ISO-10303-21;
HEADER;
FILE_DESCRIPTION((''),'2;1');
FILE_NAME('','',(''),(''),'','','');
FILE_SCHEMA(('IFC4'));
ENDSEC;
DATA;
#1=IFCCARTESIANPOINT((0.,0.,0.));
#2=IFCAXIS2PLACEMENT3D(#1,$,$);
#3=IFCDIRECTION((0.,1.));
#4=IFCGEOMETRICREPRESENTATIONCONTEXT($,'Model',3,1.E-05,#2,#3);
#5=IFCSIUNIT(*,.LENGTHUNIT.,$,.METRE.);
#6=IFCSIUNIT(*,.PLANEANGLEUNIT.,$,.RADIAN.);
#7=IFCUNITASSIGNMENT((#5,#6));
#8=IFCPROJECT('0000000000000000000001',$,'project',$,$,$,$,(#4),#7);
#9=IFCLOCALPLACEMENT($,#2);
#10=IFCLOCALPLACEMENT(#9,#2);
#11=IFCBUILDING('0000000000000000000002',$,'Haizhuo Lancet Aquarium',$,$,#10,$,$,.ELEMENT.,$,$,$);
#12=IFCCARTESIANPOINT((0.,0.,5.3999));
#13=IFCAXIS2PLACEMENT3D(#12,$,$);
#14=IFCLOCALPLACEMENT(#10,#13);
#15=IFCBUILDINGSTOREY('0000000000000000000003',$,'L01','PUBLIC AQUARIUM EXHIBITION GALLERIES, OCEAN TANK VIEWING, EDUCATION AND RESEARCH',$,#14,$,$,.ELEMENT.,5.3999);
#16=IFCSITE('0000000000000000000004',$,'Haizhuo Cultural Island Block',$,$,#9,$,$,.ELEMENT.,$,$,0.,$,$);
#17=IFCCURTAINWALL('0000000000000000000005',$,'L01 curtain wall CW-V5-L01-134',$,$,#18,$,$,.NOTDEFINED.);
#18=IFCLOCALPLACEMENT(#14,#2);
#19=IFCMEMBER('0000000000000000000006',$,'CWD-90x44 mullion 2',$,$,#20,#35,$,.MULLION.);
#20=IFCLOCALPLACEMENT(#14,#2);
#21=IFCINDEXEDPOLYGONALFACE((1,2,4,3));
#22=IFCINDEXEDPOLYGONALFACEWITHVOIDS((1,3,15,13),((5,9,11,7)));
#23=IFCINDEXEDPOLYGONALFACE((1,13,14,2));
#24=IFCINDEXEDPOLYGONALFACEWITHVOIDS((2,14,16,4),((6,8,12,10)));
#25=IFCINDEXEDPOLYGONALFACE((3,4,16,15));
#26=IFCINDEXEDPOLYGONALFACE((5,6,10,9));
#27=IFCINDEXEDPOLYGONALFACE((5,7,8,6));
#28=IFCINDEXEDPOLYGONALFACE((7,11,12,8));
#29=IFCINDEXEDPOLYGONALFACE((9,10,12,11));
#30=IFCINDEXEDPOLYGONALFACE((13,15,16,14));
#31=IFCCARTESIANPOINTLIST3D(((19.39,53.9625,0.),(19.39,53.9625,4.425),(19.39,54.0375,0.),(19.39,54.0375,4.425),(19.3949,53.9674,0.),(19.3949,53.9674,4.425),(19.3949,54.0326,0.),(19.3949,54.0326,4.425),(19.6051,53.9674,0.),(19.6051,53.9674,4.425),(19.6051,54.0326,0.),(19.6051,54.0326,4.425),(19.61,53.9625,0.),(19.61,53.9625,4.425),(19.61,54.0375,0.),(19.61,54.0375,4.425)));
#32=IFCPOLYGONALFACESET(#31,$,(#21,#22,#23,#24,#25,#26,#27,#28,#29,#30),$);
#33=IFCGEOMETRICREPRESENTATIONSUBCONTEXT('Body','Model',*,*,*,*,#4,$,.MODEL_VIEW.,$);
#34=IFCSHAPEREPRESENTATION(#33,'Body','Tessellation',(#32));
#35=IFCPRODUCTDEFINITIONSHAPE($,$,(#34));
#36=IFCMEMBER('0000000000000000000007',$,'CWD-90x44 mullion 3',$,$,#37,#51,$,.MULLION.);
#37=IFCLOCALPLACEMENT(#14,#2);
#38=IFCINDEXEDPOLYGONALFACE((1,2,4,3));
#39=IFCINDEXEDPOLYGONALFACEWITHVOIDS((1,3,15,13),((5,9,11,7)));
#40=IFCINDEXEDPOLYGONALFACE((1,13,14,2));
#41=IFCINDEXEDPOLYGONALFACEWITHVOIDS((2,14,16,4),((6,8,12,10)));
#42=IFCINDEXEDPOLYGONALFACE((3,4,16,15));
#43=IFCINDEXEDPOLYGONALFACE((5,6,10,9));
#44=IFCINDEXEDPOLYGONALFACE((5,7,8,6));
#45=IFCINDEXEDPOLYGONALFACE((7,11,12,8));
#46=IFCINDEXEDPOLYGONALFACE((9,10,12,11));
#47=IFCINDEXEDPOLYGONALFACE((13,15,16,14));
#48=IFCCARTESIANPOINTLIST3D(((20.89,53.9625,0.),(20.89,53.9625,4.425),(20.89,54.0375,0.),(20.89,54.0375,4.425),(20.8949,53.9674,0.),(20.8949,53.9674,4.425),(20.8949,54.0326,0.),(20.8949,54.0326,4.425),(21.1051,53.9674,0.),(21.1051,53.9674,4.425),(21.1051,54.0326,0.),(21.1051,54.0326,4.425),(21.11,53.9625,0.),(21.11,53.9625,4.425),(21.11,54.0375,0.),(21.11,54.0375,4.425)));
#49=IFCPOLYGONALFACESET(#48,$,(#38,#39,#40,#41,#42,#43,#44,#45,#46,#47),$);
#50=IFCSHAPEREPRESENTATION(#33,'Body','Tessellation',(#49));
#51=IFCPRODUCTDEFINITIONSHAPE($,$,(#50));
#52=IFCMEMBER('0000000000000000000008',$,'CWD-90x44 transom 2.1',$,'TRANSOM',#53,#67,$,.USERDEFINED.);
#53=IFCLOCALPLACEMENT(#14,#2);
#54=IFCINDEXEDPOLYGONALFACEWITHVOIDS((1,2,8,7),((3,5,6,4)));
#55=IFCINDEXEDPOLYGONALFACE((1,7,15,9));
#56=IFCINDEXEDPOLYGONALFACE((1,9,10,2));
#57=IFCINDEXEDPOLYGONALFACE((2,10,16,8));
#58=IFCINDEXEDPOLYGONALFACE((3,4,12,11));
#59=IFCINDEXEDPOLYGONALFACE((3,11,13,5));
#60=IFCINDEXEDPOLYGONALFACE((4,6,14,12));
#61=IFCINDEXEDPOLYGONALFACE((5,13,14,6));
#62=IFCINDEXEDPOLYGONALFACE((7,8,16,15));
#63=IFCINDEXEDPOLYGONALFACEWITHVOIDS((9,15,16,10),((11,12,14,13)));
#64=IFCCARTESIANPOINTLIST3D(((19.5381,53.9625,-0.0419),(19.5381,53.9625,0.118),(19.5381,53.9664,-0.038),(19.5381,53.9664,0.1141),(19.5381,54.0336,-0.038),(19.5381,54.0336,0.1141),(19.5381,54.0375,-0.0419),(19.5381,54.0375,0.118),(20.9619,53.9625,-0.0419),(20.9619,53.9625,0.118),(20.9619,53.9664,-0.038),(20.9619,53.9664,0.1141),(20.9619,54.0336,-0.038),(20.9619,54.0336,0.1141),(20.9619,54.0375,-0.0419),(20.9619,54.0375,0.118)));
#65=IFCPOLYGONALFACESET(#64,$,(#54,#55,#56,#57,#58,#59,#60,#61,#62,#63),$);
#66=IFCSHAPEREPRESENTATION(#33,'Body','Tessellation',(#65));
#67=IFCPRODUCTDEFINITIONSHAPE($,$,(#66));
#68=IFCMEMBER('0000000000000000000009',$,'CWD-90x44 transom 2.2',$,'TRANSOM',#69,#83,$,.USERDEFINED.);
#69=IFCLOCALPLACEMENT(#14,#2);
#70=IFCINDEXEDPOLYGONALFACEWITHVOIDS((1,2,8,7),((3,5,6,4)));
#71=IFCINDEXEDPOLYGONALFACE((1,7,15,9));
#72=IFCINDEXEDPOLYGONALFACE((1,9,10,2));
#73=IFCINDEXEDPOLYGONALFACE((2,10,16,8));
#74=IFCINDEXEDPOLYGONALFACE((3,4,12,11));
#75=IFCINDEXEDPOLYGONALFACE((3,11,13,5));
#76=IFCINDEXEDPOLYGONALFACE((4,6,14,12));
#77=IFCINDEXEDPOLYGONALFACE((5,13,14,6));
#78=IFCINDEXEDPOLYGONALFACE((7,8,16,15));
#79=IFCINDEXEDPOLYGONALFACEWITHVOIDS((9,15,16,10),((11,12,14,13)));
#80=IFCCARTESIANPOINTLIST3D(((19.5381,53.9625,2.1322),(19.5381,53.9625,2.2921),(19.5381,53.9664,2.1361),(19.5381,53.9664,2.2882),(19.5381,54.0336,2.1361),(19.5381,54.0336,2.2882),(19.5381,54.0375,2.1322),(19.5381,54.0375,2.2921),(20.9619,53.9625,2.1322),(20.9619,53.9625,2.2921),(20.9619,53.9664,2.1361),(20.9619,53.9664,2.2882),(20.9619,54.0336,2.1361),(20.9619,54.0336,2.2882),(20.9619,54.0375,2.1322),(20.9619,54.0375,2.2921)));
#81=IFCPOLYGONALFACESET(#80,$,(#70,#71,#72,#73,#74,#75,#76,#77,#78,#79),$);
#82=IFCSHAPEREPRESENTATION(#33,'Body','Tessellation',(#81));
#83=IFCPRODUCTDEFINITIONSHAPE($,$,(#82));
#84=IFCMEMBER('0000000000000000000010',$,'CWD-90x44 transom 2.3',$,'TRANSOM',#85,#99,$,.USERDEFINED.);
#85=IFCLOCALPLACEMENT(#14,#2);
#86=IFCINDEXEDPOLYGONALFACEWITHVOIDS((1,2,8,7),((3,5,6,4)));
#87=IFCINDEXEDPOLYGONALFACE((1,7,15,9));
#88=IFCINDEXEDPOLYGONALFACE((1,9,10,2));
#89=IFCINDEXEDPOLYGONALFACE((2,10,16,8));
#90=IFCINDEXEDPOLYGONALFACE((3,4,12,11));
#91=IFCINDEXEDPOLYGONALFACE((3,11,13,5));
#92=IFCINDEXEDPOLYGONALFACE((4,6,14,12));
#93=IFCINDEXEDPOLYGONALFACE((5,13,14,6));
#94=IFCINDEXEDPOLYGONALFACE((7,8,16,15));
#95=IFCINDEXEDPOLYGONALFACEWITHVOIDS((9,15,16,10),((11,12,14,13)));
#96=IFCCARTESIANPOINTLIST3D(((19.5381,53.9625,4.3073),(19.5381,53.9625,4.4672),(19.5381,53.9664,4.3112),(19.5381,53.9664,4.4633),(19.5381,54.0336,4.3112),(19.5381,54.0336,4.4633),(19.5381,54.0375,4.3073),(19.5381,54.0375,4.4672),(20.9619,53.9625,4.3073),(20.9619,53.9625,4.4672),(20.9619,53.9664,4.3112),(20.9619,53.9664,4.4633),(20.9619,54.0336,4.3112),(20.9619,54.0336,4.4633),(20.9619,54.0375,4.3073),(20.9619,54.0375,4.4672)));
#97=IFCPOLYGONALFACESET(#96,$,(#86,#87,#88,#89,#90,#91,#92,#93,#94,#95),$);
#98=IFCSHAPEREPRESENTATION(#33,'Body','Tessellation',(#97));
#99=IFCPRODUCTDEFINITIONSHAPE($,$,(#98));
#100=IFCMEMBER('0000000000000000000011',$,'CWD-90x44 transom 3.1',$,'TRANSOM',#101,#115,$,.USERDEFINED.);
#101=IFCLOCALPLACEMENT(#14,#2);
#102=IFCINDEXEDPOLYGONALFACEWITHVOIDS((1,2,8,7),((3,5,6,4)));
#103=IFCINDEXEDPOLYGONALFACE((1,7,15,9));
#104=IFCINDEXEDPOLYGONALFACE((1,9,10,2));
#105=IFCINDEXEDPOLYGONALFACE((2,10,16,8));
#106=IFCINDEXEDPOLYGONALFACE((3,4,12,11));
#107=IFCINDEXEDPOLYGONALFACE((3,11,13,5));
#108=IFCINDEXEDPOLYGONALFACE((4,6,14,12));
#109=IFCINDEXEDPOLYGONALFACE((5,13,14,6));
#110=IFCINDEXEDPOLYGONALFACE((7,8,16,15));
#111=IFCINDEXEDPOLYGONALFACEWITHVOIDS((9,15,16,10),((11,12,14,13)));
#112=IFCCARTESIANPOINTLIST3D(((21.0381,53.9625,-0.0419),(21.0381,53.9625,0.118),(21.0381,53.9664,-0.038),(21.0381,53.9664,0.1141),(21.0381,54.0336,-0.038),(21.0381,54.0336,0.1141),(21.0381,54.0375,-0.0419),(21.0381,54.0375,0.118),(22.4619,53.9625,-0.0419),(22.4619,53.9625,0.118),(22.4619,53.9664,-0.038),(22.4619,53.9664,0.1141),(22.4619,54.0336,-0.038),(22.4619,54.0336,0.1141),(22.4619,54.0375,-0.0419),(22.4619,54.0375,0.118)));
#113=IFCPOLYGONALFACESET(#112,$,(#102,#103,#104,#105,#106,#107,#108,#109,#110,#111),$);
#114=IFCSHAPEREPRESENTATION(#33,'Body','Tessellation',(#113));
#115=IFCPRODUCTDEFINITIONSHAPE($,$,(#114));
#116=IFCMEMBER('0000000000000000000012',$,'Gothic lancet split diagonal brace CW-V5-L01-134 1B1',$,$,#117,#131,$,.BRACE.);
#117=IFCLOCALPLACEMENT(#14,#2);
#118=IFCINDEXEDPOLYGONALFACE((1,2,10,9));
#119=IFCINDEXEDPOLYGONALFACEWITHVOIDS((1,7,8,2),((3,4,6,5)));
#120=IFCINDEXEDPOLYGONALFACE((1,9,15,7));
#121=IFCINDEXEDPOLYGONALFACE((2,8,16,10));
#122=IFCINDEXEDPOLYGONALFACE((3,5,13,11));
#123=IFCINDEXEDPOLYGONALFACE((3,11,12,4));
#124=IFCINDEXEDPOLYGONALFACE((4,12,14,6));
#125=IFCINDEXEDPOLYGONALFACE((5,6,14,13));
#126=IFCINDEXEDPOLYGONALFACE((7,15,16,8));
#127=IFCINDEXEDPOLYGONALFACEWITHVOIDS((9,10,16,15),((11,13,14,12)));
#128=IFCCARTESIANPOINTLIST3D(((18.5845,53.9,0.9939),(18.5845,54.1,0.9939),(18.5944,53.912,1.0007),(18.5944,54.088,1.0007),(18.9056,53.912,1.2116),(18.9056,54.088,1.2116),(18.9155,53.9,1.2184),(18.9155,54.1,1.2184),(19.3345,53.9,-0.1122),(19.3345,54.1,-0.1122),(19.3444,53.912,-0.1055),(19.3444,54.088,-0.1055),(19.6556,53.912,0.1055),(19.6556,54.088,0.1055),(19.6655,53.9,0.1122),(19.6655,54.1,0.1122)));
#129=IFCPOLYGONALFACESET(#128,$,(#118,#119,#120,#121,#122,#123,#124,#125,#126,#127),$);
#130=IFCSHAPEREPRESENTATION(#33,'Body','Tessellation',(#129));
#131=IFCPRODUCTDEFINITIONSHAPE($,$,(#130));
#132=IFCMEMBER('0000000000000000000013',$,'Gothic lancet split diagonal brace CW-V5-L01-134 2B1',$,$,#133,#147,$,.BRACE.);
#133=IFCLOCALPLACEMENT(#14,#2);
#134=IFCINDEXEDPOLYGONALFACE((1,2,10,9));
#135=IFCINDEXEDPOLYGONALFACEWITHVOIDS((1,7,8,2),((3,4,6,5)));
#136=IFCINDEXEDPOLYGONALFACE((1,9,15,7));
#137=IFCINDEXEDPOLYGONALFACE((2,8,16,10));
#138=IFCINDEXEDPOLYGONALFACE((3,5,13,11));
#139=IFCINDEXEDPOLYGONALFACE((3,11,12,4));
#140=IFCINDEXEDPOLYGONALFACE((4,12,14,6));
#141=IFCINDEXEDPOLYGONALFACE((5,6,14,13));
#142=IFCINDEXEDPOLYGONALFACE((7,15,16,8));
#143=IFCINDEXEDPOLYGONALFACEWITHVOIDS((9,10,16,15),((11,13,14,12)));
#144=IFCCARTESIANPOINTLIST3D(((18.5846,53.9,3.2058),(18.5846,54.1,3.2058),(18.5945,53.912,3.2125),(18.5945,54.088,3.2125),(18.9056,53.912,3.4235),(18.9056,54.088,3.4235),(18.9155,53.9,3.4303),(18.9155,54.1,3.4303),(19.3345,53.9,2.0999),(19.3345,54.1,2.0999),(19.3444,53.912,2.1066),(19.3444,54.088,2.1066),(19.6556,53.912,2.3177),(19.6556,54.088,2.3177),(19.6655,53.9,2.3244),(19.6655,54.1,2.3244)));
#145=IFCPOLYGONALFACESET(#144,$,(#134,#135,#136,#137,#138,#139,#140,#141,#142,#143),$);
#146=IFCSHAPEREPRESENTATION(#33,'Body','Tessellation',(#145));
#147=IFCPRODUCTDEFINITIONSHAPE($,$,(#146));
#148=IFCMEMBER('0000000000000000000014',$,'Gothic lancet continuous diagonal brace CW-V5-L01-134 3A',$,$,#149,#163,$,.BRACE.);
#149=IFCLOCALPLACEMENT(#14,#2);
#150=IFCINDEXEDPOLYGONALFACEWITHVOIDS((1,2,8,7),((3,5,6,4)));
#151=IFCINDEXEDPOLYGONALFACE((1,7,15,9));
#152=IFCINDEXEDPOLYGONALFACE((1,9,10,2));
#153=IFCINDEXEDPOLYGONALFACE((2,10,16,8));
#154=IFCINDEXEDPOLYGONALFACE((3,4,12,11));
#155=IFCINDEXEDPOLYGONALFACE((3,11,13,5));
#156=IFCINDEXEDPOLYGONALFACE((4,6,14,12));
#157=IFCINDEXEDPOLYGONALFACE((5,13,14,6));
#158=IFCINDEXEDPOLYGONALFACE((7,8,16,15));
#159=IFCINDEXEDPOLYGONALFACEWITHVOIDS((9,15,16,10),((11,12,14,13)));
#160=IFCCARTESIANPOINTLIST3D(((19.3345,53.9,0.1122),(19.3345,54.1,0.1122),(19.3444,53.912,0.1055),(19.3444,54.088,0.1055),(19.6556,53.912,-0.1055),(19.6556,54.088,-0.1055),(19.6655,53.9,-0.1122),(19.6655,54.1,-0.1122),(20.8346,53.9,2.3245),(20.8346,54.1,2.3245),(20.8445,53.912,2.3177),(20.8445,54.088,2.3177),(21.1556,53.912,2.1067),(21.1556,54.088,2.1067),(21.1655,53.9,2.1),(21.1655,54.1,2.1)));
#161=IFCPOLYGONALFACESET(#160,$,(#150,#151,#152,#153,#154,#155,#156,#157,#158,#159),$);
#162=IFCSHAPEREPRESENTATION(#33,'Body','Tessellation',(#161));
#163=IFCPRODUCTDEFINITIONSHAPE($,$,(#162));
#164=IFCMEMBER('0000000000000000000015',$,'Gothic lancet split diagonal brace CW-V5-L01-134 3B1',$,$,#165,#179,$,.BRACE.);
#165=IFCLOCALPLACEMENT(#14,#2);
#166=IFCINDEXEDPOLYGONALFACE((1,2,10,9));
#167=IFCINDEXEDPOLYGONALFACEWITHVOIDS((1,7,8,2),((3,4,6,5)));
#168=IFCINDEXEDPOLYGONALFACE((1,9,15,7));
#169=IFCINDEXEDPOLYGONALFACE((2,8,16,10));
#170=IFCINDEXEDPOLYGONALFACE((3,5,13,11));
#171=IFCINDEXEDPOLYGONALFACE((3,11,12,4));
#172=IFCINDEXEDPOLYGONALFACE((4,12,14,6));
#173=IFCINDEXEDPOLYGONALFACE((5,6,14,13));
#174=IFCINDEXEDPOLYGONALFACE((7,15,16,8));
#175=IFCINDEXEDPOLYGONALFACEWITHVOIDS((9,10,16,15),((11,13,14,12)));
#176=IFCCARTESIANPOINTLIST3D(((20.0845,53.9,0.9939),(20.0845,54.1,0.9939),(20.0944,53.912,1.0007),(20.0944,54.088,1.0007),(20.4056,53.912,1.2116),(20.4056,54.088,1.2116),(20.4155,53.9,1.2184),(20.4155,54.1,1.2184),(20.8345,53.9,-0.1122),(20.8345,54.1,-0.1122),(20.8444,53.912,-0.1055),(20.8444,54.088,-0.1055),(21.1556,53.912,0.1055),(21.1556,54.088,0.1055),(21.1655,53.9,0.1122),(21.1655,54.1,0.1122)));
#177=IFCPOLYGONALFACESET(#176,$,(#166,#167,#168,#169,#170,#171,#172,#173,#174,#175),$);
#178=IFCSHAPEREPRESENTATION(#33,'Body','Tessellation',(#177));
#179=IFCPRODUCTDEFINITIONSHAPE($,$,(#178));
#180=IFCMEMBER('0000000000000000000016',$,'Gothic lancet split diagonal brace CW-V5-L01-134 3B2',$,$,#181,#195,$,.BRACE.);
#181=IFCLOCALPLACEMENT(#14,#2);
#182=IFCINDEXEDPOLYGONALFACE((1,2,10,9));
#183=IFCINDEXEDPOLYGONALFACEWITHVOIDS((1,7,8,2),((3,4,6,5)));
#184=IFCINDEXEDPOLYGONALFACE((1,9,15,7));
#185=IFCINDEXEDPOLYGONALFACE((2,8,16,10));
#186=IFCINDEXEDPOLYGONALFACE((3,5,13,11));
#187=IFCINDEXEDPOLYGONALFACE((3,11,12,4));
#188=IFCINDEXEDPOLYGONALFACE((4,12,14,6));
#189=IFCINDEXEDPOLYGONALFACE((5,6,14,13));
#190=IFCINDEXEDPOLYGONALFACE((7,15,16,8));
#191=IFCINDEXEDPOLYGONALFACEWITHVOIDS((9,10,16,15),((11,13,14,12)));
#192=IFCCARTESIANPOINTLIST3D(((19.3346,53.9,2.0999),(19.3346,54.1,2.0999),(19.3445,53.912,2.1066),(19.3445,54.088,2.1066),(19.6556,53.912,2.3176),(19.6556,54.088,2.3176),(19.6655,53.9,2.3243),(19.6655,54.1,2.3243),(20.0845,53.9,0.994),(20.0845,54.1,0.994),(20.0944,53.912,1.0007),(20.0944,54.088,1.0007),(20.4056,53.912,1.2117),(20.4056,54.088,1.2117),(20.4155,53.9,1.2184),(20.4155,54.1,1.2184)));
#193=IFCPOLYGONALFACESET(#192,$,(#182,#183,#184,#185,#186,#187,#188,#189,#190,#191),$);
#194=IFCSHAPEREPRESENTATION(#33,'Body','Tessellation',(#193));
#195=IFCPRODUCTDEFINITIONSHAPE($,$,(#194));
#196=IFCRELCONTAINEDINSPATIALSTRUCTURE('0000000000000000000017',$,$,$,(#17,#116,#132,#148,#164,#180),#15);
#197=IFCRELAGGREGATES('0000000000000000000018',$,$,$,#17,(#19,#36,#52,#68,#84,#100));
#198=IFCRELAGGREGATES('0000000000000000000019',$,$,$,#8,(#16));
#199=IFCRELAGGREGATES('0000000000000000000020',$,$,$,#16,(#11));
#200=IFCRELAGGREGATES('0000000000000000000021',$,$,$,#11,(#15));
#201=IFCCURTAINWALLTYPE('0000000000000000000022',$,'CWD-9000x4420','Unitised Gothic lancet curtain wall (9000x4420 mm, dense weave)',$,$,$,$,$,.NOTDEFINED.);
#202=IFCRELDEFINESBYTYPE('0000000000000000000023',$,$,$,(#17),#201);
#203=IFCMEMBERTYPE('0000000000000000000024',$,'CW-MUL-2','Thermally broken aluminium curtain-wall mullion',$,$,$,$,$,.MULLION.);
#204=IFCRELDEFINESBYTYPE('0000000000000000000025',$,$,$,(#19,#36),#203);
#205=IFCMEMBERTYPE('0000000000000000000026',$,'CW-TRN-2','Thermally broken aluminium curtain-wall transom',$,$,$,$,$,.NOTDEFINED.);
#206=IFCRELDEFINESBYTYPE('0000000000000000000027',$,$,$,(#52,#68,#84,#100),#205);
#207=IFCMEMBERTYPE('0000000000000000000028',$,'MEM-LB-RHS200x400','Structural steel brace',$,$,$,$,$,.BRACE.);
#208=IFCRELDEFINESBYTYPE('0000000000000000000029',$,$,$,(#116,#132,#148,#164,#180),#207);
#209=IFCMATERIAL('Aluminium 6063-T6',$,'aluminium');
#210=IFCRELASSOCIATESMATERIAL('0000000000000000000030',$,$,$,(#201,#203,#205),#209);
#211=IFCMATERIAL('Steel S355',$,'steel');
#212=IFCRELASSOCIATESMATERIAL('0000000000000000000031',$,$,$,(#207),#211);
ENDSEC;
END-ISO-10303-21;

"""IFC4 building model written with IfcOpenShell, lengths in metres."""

from ifc_helpers import new_model, si_unit, direction, frame, origin, origin_2d, place, context, subcontext, project, spatial, hollow_rectangle, extrude, material, material_profile, profile_set, type_object, element, aggregate, save


model = new_model("IFC4")

# Units and contexts
model_context = context("Model", 3, precision=1e-05, world=origin(), true_north=direction((0.0, 1.0)))
body_context = subcontext(model_context, "Body", "Model", "MODEL_VIEW")
ifc_project = project(units=[si_unit("LENGTHUNIT", "METRE"), si_unit("PLANEANGLEUNIT", "RADIAN")], contexts=[model_context])

# Site, building, storey
site_placement = place(None, origin())
site = spatial("IfcSite", under=ifc_project, at=site_placement, Name="Haizhuo Cultural Island Block", CompositionType="ELEMENT", RefElevation=0.0)
building_placement = place(site_placement, origin())
building = spatial("IfcBuilding", under=site, at=building_placement, Name="Haizhuo Lancet Aquarium", CompositionType="ELEMENT")
storey_placement = place(building_placement, frame((0.0, 0.0, 5.3999)))
storey = spatial("IfcBuildingStorey", under=building, at=storey_placement, Name="L01", Description="PUBLIC AQUARIUM EXHIBITION GALLERIES, OCEAN TANK VIEWING, EDUCATION AND RESEARCH", CompositionType="ELEMENT", Elevation=5.3999)

# Curtain wall, members
ifc_material_1 = material(Name="Aluminium 6063-T6", Category="aluminium")
curtain_wall_type = type_object("IfcCurtainWallType", Name="CWD-9000x4420", Description="Unitised Gothic lancet curtain wall (9000x4420 mm, dense weave)", PredefinedType="NOTDEFINED", material=ifc_material_1)
curtain_wall_placement = place(storey_placement, origin())
curtain_wall = element("IfcCurtainWall", 1, at=curtain_wall_placement, inside=storey, type_object=curtain_wall_type, Name="L01 curtain wall CW-V5-L01-134", PredefinedType="NOTDEFINED")
ifc_material_profile_1 = material_profile(ifc_material_1, hollow_rectangle(XDim=0.075, YDim=0.22, WallThickness=0.0049, at=origin_2d()), Name="ALU-M 75x220x5")
ifc_profile_set_1 = profile_set([ifc_material_profile_1], Name="Aluminium 6063-T6")
member_type_1 = type_object("IfcMemberType", Name="CW-MUL-2", Description="Thermally broken aluminium curtain-wall mullion", PredefinedType="MULLION", material=ifc_profile_set_1)
member_1_placement = place(storey_placement, frame((19.5, 54.0, 0.0), z_axis=(0.0, 0.0, 1.0), x_axis=(0.0, 1.0, 0.0)))
member_1 = element("IfcMember", 2, at=member_1_placement, type_object=member_type_1, Name="CWD-90x44 mullion 2", PredefinedType="MULLION", context=body_context, shape_type="SweptSolid", body=[
    extrude(hollow_rectangle(XDim=0.075, YDim=0.22, WallThickness=0.0049, at=origin_2d()), origin(), (0.0, 0.0, 1.0), 4.425),
])
member_2_placement = place(storey_placement, frame((21.0, 54.0, 0.0), z_axis=(0.0, 0.0, 1.0), x_axis=(0.0, 1.0, 0.0)))
member_2 = element("IfcMember", 3, at=member_2_placement, type_object=member_type_1, Name="CWD-90x44 mullion 3", PredefinedType="MULLION", context=body_context, shape_type="SweptSolid", body=[
    extrude(hollow_rectangle(XDim=0.075, YDim=0.22, WallThickness=0.0049, at=origin_2d()), origin(), (0.0, 0.0, 1.0), 4.425),
])
ifc_material_profile_2 = material_profile(ifc_material_1, hollow_rectangle(XDim=0.075, YDim=0.1599, WallThickness=0.0039, at=origin_2d()), Name="ALU-T 75x160x4")
ifc_profile_set_2 = profile_set([ifc_material_profile_2], Name="Aluminium 6063-T6")
member_type_2 = type_object("IfcMemberType", Name="CW-TRN-2", Description="Thermally broken aluminium curtain-wall transom", PredefinedType="NOTDEFINED", material=ifc_profile_set_2)
member_3_placement = place(storey_placement, frame((19.5381, 54.0, 0.0381), z_axis=(1.0, 0.0, 0.0), x_axis=(0.0, 1.0, 0.0)))
member_3 = element("IfcMember", 4, at=member_3_placement, type_object=member_type_2, Name="CWD-90x44 transom 2.1", ObjectType="TRANSOM", PredefinedType="USERDEFINED", context=body_context, shape_type="SweptSolid", body=[
    extrude(hollow_rectangle(XDim=0.075, YDim=0.1599, WallThickness=0.0039, at=origin_2d()), origin(), (0.0, 0.0, 1.0), 1.4238),
])
member_4_placement = place(storey_placement, frame((19.5381, 54.0, 2.2122), z_axis=(1.0, 0.0, 0.0), x_axis=(0.0, 1.0, 0.0)))
member_4 = element("IfcMember", 5, at=member_4_placement, type_object=member_type_2, Name="CWD-90x44 transom 2.2", ObjectType="TRANSOM", PredefinedType="USERDEFINED", context=body_context, shape_type="SweptSolid", body=[
    extrude(hollow_rectangle(XDim=0.075, YDim=0.1599, WallThickness=0.0039, at=origin_2d()), origin(), (0.0, 0.0, 1.0), 1.4238),
])
member_5_placement = place(storey_placement, frame((19.5381, 54.0, 4.3872), z_axis=(1.0, 0.0, 0.0), x_axis=(0.0, 1.0, 0.0)))
member_5 = element("IfcMember", 6, at=member_5_placement, type_object=member_type_2, Name="CWD-90x44 transom 2.3", ObjectType="TRANSOM", PredefinedType="USERDEFINED", context=body_context, shape_type="SweptSolid", body=[
    extrude(hollow_rectangle(XDim=0.075, YDim=0.1599, WallThickness=0.0039, at=origin_2d()), origin(), (0.0, 0.0, 1.0), 1.4238),
])
member_6_placement = place(storey_placement, frame((21.0381, 54.0, 0.0381), z_axis=(1.0, 0.0, 0.0), x_axis=(0.0, 1.0, 0.0)))
member_6 = element("IfcMember", 7, at=member_6_placement, type_object=member_type_2, Name="CWD-90x44 transom 3.1", ObjectType="TRANSOM", PredefinedType="USERDEFINED", context=body_context, shape_type="SweptSolid", body=[
    extrude(hollow_rectangle(XDim=0.075, YDim=0.1599, WallThickness=0.0039, at=origin_2d()), origin(), (0.0, 0.0, 1.0), 1.4238),
])

# Members
ifc_material_2 = material(Name="Steel S355", Category="steel")
ifc_material_profile_3 = material_profile(ifc_material_2, hollow_rectangle(XDim=0.2, YDim=0.3999, WallThickness=0.012, at=origin_2d()), Name="RHS 200x400x12")
ifc_profile_set_3 = profile_set([ifc_material_profile_3], Name="Steel S355")
member_type_3 = type_object("IfcMemberType", Name="MEM-LB-RHS200x400", Description="Structural steel brace", PredefinedType="BRACE", material=ifc_profile_set_3)
member_7_placement = place(storey_placement, frame((19.5, 54.0, 0.0), z_axis=(-0.561175, 0.0, 0.827697), x_axis=(0.0, -1.0, 0.0)))
element("IfcMember", 8, at=member_7_placement, inside=storey, type_object=member_type_3, Name="Gothic lancet split diagonal brace CW-V5-L01-134 1B1", PredefinedType="BRACE", context=body_context, shape_type="SweptSolid", body=[
    extrude(hollow_rectangle(XDim=0.2, YDim=0.3999, WallThickness=0.012, at=origin_2d()), origin(), (0.0, 0.0, 1.0), 1.3364),
])
member_8_placement = place(storey_placement, frame((19.5, 54.0, 2.2122), z_axis=(-0.56126, 0.0, 0.827639), x_axis=(0.0, -1.0, 0.0)))
element("IfcMember", 9, at=member_8_placement, inside=storey, type_object=member_type_3, Name="Gothic lancet split diagonal brace CW-V5-L01-134 2B1", PredefinedType="BRACE", context=body_context, shape_type="SweptSolid", body=[
    extrude(hollow_rectangle(XDim=0.2, YDim=0.3999, WallThickness=0.012, at=origin_2d()), origin(), (0.0, 0.0, 1.0), 1.3362),
])
member_9_placement = place(storey_placement, frame((19.5, 54.0, 0.0), z_axis=(0.561218, 0.0, 0.827668), x_axis=(0.0, 1.0, 0.0)))
element("IfcMember", 10, at=member_9_placement, inside=storey, type_object=member_type_3, Name="Gothic lancet continuous diagonal brace CW-V5-L01-134 3A", PredefinedType="BRACE", context=body_context, shape_type="SweptSolid", body=[
    extrude(hollow_rectangle(XDim=0.2, YDim=0.3999, WallThickness=0.012, at=origin_2d()), origin(), (0.0, 0.0, 1.0), 2.6729),
])
member_10_placement = place(storey_placement, frame((21.0, 54.0, 0.0), z_axis=(-0.561175, 0.0, 0.827697), x_axis=(0.0, -1.0, 0.0)))
element("IfcMember", 11, at=member_10_placement, inside=storey, type_object=member_type_3, Name="Gothic lancet split diagonal brace CW-V5-L01-134 3B1", PredefinedType="BRACE", context=body_context, shape_type="SweptSolid", body=[
    extrude(hollow_rectangle(XDim=0.2, YDim=0.3999, WallThickness=0.012, at=origin_2d()), origin(), (0.0, 0.0, 1.0), 1.3364),
])
member_11_placement = place(storey_placement, frame((20.25, 54.0, 1.1062), z_axis=(-0.56126, 0.0, 0.827639), x_axis=(0.0, -1.0, 0.0)))
element("IfcMember", 12, at=member_11_placement, inside=storey, type_object=member_type_3, Name="Gothic lancet split diagonal brace CW-V5-L01-134 3B2", PredefinedType="BRACE", context=body_context, shape_type="SweptSolid", body=[
    extrude(hollow_rectangle(XDim=0.2, YDim=0.3999, WallThickness=0.012, at=origin_2d()), origin(), (0.0, 0.0, 1.0), 1.3362),
])

aggregate(curtain_wall, [member_1, member_2, member_3, member_4, member_5, member_6])

save(model, "model.ifc")
